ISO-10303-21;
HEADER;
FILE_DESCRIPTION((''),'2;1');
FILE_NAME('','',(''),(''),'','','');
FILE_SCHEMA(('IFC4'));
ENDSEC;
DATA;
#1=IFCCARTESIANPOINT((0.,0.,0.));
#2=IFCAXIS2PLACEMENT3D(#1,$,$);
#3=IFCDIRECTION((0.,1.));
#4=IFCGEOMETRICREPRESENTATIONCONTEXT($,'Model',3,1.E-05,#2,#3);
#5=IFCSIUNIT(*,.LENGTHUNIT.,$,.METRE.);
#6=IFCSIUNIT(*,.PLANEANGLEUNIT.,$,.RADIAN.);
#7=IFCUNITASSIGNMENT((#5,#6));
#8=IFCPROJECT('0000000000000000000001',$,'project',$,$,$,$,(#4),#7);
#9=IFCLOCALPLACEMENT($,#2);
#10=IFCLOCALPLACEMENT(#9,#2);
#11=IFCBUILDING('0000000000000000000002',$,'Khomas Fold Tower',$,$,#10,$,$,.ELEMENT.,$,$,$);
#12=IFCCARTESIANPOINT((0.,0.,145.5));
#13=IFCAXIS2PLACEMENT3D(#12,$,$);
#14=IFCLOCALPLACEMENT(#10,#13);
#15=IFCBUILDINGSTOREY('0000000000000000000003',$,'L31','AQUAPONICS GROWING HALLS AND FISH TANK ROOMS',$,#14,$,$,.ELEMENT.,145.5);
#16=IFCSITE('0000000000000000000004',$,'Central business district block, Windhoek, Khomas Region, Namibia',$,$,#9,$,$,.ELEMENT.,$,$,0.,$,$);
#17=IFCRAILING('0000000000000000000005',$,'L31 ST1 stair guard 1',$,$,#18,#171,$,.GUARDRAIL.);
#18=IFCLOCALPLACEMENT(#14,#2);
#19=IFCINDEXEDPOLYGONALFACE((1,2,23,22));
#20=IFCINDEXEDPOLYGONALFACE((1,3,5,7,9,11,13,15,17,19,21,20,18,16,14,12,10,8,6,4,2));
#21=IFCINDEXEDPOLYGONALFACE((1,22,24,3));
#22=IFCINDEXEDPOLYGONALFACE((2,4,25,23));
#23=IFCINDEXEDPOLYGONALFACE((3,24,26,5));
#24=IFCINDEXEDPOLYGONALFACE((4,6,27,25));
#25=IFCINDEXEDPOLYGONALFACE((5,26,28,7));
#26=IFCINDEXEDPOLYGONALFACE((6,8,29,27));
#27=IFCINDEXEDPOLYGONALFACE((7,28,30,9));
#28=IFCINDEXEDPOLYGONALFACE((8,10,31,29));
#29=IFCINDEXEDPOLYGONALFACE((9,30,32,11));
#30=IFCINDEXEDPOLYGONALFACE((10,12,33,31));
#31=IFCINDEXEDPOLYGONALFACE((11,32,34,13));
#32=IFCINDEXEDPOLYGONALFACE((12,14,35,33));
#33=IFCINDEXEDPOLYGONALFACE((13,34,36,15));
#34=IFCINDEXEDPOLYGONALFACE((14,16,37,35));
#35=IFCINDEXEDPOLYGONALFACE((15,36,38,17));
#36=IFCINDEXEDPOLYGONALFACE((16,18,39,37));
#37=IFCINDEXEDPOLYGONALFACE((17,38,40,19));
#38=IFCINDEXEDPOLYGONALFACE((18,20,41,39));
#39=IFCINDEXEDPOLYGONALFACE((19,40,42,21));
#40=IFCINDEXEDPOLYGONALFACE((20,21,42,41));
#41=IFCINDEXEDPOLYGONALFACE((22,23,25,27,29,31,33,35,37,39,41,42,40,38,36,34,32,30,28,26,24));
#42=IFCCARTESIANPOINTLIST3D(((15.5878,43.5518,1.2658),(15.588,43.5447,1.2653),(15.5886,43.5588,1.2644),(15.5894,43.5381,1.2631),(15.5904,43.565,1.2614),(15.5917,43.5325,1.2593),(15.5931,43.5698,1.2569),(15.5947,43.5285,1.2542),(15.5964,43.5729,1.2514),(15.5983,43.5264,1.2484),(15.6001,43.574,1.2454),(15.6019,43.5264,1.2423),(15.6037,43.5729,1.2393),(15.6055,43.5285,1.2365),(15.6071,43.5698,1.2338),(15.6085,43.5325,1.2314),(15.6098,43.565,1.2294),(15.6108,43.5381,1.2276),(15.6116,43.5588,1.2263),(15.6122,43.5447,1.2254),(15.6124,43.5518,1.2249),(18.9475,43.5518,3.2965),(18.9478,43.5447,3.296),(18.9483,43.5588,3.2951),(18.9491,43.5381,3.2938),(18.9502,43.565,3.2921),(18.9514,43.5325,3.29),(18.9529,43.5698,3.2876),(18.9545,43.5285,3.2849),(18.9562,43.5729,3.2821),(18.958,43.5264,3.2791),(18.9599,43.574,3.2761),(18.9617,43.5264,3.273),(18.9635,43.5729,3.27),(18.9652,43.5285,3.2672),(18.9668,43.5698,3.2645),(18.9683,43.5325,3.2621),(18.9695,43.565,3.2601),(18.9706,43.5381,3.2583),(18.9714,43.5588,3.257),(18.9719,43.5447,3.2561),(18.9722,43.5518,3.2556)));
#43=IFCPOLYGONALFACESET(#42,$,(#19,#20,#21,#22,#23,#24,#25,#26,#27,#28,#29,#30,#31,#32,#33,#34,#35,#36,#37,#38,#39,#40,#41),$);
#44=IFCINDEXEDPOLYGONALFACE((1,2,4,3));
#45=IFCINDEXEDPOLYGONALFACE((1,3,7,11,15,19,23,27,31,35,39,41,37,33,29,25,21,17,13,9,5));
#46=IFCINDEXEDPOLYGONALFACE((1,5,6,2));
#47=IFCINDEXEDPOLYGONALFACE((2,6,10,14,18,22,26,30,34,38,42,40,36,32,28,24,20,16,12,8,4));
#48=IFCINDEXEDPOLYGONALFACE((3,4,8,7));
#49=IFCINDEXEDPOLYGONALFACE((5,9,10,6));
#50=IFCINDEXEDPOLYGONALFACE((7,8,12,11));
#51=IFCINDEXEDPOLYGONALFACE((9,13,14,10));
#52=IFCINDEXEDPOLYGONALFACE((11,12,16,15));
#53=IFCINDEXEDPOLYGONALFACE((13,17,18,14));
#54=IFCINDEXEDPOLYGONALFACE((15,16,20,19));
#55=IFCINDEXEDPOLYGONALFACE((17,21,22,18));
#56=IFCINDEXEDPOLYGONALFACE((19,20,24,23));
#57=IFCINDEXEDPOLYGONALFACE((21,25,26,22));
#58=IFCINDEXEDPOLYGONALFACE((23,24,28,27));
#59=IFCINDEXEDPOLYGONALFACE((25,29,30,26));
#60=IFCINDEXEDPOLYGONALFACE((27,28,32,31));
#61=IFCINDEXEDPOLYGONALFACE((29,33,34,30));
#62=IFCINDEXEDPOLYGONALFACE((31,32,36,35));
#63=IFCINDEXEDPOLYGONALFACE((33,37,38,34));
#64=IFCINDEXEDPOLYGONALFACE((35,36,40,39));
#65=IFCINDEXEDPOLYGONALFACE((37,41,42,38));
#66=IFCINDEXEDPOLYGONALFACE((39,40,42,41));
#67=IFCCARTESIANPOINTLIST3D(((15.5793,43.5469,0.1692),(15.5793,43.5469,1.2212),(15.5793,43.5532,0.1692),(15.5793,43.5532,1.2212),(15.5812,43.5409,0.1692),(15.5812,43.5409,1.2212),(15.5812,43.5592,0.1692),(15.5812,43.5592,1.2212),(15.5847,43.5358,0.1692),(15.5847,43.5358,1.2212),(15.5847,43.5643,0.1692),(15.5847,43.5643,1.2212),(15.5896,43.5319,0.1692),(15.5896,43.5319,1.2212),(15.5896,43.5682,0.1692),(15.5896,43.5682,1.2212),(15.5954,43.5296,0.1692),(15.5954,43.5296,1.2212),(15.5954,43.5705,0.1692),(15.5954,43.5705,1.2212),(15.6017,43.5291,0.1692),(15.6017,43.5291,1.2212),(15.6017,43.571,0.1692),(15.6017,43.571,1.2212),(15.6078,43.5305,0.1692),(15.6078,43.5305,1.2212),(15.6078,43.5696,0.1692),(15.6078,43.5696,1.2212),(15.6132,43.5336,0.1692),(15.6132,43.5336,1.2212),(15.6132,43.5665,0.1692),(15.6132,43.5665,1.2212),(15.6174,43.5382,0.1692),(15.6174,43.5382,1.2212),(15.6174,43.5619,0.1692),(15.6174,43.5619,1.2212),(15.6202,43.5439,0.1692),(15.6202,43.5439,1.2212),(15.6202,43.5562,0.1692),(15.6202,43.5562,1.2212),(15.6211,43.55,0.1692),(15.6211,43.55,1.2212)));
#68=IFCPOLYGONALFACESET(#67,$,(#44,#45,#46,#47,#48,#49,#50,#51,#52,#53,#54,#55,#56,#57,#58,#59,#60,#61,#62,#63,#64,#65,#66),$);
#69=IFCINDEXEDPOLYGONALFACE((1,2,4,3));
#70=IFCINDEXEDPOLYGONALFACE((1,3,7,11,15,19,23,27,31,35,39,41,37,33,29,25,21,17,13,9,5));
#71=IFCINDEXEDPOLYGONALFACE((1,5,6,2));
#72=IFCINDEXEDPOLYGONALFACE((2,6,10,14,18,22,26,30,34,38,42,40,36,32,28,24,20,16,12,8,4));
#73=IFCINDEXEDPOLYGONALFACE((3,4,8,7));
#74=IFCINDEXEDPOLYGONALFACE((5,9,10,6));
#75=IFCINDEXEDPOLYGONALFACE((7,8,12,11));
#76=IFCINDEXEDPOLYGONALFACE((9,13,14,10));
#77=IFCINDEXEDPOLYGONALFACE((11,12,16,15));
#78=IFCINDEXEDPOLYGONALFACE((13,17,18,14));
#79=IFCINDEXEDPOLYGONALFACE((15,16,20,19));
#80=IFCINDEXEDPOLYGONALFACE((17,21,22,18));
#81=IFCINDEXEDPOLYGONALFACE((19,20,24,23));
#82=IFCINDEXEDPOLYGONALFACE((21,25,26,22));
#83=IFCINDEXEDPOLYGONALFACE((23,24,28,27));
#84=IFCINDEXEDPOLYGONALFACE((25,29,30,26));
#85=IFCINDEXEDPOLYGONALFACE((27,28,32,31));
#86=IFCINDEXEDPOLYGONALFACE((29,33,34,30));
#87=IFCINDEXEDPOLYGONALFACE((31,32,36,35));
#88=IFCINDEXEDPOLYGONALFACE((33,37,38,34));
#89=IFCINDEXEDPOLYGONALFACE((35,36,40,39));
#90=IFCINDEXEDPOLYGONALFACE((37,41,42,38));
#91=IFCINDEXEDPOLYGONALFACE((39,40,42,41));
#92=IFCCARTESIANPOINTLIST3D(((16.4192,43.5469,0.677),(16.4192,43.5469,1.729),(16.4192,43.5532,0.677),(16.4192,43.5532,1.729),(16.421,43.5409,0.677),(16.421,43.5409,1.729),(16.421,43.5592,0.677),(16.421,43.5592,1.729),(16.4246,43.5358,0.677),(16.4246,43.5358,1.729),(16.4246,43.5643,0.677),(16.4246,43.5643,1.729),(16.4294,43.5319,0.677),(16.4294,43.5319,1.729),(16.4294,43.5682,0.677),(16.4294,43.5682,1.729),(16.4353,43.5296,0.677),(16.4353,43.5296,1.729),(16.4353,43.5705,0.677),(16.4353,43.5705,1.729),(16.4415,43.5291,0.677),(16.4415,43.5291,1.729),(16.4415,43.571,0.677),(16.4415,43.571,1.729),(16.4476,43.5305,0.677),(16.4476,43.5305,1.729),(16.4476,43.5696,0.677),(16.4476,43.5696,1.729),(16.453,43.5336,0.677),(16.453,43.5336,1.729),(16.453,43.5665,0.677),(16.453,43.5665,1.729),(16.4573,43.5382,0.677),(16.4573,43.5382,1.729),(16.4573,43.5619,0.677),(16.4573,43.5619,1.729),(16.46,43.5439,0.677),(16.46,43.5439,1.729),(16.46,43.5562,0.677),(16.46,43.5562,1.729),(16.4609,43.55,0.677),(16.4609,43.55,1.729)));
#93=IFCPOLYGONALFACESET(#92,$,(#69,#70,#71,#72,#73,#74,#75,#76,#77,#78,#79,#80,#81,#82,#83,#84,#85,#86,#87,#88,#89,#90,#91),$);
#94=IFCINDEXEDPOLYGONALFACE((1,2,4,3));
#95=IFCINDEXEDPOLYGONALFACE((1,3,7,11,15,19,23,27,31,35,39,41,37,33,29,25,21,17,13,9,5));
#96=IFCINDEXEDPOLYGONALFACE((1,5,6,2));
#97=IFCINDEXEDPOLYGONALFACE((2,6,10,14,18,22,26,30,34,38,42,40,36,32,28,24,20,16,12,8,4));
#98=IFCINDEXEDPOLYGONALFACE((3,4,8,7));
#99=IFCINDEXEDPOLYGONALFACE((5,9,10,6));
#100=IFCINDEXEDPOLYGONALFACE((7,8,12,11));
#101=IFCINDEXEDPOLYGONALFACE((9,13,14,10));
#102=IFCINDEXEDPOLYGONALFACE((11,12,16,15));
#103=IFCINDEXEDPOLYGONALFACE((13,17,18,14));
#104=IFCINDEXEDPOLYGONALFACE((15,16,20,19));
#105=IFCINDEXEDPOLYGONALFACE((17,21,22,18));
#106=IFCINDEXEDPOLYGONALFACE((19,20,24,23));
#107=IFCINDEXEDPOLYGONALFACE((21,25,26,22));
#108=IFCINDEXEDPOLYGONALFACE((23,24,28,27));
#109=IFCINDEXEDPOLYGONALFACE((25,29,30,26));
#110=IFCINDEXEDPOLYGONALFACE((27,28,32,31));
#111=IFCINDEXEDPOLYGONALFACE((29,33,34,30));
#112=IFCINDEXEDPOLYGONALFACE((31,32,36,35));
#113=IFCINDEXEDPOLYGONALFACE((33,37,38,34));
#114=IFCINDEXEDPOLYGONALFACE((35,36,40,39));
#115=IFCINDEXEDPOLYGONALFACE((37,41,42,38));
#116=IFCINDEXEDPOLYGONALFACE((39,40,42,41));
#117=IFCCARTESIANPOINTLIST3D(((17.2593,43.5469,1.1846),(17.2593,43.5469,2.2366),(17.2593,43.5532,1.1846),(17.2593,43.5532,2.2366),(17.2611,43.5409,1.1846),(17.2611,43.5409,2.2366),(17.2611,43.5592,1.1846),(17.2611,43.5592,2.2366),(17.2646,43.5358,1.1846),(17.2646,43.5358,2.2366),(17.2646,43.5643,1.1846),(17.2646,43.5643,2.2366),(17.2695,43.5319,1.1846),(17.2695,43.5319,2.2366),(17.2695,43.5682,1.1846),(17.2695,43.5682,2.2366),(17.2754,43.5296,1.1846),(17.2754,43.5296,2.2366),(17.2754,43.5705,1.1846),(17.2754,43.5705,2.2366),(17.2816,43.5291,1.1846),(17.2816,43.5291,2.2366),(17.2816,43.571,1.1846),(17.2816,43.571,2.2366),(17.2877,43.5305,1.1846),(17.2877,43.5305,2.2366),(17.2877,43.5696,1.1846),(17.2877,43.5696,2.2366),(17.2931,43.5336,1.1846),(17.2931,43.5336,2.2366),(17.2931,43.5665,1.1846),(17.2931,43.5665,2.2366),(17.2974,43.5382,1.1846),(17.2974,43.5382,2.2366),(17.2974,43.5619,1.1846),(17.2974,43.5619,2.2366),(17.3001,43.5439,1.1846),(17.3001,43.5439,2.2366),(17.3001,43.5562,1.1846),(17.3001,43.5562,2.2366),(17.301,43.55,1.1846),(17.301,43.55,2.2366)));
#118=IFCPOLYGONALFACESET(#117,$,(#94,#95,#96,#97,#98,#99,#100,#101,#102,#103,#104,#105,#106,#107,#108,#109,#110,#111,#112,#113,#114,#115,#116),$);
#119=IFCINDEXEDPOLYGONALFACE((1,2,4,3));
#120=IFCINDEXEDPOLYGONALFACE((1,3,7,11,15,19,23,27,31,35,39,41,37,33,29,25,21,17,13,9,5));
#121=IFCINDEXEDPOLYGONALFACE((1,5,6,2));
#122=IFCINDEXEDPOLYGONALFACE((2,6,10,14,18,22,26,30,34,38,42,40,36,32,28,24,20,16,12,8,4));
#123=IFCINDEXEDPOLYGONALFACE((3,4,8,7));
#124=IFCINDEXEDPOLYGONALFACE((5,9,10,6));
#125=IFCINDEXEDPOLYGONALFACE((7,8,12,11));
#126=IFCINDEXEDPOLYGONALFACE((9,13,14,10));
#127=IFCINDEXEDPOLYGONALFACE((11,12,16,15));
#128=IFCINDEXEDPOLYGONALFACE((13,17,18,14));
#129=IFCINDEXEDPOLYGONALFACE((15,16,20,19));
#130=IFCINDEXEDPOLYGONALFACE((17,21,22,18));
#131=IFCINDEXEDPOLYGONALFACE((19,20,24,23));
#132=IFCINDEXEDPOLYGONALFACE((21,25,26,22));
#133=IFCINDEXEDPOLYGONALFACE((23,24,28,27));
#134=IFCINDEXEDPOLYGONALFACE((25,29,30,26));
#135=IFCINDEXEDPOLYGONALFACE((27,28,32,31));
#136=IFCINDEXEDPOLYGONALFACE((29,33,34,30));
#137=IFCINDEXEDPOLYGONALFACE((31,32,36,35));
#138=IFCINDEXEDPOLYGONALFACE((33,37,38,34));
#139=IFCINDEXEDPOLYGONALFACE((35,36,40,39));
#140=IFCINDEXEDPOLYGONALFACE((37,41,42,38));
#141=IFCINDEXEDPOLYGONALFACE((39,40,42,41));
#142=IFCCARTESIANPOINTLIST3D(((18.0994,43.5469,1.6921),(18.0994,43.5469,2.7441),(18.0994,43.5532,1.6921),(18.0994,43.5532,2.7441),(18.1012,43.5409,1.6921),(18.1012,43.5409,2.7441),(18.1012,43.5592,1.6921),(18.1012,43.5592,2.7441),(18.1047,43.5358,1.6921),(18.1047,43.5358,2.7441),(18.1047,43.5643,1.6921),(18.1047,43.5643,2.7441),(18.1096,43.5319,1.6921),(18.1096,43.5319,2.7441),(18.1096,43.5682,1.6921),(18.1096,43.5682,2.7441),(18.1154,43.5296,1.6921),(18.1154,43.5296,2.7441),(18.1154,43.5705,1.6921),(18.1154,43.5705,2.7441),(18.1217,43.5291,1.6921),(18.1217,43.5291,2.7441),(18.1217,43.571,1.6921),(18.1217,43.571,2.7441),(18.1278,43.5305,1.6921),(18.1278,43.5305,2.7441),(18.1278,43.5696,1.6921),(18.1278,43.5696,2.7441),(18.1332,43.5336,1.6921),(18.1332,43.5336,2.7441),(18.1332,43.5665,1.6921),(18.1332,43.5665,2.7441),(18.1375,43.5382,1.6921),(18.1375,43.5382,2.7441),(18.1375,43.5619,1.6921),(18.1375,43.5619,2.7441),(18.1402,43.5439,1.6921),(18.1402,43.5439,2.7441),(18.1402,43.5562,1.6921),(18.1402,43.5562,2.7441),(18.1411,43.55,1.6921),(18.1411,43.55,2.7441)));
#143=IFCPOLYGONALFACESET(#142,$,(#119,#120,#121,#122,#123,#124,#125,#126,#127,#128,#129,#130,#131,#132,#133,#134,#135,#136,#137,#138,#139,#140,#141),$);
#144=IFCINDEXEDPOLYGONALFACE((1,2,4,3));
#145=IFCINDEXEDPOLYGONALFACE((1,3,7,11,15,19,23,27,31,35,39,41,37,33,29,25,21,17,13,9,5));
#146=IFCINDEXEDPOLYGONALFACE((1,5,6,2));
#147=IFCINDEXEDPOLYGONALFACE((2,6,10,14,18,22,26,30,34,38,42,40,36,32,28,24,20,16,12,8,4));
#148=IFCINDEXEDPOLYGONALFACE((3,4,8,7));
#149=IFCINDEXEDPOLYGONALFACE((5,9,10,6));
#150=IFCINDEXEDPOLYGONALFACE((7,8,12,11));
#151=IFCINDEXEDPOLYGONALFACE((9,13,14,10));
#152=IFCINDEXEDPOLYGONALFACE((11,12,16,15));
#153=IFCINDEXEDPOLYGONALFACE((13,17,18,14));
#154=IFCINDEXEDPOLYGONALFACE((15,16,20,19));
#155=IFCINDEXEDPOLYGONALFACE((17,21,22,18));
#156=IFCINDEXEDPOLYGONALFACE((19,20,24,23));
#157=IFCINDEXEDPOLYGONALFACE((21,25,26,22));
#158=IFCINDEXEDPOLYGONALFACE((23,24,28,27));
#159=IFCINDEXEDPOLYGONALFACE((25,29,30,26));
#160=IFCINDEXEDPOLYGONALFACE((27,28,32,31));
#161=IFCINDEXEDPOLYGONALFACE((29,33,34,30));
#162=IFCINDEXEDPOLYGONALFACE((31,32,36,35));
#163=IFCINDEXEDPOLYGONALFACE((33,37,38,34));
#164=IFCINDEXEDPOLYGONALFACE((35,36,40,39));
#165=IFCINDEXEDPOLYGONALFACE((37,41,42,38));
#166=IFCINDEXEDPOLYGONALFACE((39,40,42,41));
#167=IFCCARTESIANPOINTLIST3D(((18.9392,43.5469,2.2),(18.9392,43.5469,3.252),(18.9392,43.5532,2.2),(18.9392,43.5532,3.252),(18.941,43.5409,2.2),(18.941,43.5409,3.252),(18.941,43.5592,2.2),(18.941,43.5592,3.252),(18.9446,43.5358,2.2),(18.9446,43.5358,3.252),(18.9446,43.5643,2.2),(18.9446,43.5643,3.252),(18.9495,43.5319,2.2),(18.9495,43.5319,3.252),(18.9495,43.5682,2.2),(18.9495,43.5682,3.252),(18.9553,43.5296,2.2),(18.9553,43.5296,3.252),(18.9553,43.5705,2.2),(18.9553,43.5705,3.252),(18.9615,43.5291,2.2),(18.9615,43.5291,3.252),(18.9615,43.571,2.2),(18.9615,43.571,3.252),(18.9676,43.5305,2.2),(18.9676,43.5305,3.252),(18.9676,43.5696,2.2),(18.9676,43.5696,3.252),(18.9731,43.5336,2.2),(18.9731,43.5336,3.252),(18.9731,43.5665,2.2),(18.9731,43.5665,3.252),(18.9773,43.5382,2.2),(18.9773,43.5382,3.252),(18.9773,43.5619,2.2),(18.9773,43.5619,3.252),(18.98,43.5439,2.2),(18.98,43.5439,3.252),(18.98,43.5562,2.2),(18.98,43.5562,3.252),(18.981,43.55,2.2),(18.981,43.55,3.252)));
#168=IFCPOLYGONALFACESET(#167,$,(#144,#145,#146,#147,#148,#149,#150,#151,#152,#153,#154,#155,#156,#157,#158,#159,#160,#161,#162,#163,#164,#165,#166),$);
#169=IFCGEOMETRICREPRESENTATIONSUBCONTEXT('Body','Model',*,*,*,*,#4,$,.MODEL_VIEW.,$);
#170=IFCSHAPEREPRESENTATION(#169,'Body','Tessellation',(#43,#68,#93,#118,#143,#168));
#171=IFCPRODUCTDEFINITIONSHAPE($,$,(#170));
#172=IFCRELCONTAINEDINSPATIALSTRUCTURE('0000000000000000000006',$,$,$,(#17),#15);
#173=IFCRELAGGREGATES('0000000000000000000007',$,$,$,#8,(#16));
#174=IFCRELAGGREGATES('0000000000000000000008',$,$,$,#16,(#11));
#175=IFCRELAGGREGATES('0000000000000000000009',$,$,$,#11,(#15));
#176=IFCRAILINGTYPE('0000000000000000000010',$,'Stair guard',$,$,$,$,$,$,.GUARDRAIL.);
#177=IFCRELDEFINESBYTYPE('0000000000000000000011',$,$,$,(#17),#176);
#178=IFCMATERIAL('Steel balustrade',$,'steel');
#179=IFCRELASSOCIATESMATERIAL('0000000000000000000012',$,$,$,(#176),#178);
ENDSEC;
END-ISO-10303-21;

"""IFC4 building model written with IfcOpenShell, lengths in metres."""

from ifc_helpers import new_model, si_unit, direction, frame, origin, origin_2d, place, context, subcontext, project, spatial, circle, extrude, source, transform, mapped, material, type_object, element, save


model = new_model("IFC4")

# Units and contexts
model_context = context("Model", 3, precision=1e-05, world=origin(), true_north=direction((0.0, 1.0)))
body_context = subcontext(model_context, "Body", "Model", "MODEL_VIEW")
ifc_project = project(units=[si_unit("LENGTHUNIT", "METRE"), si_unit("PLANEANGLEUNIT", "RADIAN")], contexts=[model_context])

# Site, building, storey
site_placement = place(None, origin())
site = spatial("IfcSite", under=ifc_project, at=site_placement, Name="Central business district block, Windhoek, Khomas Region, Namibia", CompositionType="ELEMENT", RefElevation=0.0)
building_placement = place(site_placement, origin())
building = spatial("IfcBuilding", under=site, at=building_placement, Name="Khomas Fold Tower", CompositionType="ELEMENT")
storey_placement = place(building_placement, frame((0.0, 0.0, 145.5)))
storey = spatial("IfcBuildingStorey", under=building, at=storey_placement, Name="L31", Description="AQUAPONICS GROWING HALLS AND FISH TANK ROOMS", CompositionType="ELEMENT", Elevation=145.5)

# Railing
ifc_material_1 = material(Name="Steel balustrade", Category="steel")
railing_type_1 = type_object("IfcRailingType", Name="Stair guard", PredefinedType="GUARDRAIL", material=ifc_material_1)
shared_shape_1 = source(origin(), body_context, "Body", "SweptSolid", [
    extrude(circle(Radius=0.0239, at=origin_2d()), frame((0.0, 0.0, 1.0762), z_axis=(0.85582, 0.0, 0.517273), x_axis=(0.0, 1.0, 0.0)), (0.0, 0.0, 1.0), 3.9258),
    extrude(circle(Radius=0.021, at=origin_2d()), origin(), (0.0, 0.0, 1.0), 1.052),
    extrude(circle(Radius=0.021, at=origin_2d()), frame((0.8398, 0.0, 0.5078)), (0.0, 0.0, 1.0), 1.052),
    extrude(circle(Radius=0.021, at=origin_2d()), frame((1.6799, 0.0, 1.0154)), (0.0, 0.0, 1.0), 1.052),
    extrude(circle(Radius=0.021, at=origin_2d()), frame((2.52, 0.0, 1.5229)), (0.0, 0.0, 1.0), 1.052),
    extrude(circle(Radius=0.021, at=origin_2d()), frame((3.3599, 0.0, 2.0308)), (0.0, 0.0, 1.0), 1.052),
])
railing_1_placement = place(storey_placement, frame((15.6001, 43.55, 0.1692)))
element("IfcRailing", 1, at=railing_1_placement, inside=storey, type_object=railing_type_1, Name="L31 ST1 stair guard 1", PredefinedType="GUARDRAIL", context=body_context, shape_type="MappedRepresentation", body=[
    mapped(shared_shape_1, transform((0.0, 0.0, 0.0))),
])

save(model, "model.ifc")
